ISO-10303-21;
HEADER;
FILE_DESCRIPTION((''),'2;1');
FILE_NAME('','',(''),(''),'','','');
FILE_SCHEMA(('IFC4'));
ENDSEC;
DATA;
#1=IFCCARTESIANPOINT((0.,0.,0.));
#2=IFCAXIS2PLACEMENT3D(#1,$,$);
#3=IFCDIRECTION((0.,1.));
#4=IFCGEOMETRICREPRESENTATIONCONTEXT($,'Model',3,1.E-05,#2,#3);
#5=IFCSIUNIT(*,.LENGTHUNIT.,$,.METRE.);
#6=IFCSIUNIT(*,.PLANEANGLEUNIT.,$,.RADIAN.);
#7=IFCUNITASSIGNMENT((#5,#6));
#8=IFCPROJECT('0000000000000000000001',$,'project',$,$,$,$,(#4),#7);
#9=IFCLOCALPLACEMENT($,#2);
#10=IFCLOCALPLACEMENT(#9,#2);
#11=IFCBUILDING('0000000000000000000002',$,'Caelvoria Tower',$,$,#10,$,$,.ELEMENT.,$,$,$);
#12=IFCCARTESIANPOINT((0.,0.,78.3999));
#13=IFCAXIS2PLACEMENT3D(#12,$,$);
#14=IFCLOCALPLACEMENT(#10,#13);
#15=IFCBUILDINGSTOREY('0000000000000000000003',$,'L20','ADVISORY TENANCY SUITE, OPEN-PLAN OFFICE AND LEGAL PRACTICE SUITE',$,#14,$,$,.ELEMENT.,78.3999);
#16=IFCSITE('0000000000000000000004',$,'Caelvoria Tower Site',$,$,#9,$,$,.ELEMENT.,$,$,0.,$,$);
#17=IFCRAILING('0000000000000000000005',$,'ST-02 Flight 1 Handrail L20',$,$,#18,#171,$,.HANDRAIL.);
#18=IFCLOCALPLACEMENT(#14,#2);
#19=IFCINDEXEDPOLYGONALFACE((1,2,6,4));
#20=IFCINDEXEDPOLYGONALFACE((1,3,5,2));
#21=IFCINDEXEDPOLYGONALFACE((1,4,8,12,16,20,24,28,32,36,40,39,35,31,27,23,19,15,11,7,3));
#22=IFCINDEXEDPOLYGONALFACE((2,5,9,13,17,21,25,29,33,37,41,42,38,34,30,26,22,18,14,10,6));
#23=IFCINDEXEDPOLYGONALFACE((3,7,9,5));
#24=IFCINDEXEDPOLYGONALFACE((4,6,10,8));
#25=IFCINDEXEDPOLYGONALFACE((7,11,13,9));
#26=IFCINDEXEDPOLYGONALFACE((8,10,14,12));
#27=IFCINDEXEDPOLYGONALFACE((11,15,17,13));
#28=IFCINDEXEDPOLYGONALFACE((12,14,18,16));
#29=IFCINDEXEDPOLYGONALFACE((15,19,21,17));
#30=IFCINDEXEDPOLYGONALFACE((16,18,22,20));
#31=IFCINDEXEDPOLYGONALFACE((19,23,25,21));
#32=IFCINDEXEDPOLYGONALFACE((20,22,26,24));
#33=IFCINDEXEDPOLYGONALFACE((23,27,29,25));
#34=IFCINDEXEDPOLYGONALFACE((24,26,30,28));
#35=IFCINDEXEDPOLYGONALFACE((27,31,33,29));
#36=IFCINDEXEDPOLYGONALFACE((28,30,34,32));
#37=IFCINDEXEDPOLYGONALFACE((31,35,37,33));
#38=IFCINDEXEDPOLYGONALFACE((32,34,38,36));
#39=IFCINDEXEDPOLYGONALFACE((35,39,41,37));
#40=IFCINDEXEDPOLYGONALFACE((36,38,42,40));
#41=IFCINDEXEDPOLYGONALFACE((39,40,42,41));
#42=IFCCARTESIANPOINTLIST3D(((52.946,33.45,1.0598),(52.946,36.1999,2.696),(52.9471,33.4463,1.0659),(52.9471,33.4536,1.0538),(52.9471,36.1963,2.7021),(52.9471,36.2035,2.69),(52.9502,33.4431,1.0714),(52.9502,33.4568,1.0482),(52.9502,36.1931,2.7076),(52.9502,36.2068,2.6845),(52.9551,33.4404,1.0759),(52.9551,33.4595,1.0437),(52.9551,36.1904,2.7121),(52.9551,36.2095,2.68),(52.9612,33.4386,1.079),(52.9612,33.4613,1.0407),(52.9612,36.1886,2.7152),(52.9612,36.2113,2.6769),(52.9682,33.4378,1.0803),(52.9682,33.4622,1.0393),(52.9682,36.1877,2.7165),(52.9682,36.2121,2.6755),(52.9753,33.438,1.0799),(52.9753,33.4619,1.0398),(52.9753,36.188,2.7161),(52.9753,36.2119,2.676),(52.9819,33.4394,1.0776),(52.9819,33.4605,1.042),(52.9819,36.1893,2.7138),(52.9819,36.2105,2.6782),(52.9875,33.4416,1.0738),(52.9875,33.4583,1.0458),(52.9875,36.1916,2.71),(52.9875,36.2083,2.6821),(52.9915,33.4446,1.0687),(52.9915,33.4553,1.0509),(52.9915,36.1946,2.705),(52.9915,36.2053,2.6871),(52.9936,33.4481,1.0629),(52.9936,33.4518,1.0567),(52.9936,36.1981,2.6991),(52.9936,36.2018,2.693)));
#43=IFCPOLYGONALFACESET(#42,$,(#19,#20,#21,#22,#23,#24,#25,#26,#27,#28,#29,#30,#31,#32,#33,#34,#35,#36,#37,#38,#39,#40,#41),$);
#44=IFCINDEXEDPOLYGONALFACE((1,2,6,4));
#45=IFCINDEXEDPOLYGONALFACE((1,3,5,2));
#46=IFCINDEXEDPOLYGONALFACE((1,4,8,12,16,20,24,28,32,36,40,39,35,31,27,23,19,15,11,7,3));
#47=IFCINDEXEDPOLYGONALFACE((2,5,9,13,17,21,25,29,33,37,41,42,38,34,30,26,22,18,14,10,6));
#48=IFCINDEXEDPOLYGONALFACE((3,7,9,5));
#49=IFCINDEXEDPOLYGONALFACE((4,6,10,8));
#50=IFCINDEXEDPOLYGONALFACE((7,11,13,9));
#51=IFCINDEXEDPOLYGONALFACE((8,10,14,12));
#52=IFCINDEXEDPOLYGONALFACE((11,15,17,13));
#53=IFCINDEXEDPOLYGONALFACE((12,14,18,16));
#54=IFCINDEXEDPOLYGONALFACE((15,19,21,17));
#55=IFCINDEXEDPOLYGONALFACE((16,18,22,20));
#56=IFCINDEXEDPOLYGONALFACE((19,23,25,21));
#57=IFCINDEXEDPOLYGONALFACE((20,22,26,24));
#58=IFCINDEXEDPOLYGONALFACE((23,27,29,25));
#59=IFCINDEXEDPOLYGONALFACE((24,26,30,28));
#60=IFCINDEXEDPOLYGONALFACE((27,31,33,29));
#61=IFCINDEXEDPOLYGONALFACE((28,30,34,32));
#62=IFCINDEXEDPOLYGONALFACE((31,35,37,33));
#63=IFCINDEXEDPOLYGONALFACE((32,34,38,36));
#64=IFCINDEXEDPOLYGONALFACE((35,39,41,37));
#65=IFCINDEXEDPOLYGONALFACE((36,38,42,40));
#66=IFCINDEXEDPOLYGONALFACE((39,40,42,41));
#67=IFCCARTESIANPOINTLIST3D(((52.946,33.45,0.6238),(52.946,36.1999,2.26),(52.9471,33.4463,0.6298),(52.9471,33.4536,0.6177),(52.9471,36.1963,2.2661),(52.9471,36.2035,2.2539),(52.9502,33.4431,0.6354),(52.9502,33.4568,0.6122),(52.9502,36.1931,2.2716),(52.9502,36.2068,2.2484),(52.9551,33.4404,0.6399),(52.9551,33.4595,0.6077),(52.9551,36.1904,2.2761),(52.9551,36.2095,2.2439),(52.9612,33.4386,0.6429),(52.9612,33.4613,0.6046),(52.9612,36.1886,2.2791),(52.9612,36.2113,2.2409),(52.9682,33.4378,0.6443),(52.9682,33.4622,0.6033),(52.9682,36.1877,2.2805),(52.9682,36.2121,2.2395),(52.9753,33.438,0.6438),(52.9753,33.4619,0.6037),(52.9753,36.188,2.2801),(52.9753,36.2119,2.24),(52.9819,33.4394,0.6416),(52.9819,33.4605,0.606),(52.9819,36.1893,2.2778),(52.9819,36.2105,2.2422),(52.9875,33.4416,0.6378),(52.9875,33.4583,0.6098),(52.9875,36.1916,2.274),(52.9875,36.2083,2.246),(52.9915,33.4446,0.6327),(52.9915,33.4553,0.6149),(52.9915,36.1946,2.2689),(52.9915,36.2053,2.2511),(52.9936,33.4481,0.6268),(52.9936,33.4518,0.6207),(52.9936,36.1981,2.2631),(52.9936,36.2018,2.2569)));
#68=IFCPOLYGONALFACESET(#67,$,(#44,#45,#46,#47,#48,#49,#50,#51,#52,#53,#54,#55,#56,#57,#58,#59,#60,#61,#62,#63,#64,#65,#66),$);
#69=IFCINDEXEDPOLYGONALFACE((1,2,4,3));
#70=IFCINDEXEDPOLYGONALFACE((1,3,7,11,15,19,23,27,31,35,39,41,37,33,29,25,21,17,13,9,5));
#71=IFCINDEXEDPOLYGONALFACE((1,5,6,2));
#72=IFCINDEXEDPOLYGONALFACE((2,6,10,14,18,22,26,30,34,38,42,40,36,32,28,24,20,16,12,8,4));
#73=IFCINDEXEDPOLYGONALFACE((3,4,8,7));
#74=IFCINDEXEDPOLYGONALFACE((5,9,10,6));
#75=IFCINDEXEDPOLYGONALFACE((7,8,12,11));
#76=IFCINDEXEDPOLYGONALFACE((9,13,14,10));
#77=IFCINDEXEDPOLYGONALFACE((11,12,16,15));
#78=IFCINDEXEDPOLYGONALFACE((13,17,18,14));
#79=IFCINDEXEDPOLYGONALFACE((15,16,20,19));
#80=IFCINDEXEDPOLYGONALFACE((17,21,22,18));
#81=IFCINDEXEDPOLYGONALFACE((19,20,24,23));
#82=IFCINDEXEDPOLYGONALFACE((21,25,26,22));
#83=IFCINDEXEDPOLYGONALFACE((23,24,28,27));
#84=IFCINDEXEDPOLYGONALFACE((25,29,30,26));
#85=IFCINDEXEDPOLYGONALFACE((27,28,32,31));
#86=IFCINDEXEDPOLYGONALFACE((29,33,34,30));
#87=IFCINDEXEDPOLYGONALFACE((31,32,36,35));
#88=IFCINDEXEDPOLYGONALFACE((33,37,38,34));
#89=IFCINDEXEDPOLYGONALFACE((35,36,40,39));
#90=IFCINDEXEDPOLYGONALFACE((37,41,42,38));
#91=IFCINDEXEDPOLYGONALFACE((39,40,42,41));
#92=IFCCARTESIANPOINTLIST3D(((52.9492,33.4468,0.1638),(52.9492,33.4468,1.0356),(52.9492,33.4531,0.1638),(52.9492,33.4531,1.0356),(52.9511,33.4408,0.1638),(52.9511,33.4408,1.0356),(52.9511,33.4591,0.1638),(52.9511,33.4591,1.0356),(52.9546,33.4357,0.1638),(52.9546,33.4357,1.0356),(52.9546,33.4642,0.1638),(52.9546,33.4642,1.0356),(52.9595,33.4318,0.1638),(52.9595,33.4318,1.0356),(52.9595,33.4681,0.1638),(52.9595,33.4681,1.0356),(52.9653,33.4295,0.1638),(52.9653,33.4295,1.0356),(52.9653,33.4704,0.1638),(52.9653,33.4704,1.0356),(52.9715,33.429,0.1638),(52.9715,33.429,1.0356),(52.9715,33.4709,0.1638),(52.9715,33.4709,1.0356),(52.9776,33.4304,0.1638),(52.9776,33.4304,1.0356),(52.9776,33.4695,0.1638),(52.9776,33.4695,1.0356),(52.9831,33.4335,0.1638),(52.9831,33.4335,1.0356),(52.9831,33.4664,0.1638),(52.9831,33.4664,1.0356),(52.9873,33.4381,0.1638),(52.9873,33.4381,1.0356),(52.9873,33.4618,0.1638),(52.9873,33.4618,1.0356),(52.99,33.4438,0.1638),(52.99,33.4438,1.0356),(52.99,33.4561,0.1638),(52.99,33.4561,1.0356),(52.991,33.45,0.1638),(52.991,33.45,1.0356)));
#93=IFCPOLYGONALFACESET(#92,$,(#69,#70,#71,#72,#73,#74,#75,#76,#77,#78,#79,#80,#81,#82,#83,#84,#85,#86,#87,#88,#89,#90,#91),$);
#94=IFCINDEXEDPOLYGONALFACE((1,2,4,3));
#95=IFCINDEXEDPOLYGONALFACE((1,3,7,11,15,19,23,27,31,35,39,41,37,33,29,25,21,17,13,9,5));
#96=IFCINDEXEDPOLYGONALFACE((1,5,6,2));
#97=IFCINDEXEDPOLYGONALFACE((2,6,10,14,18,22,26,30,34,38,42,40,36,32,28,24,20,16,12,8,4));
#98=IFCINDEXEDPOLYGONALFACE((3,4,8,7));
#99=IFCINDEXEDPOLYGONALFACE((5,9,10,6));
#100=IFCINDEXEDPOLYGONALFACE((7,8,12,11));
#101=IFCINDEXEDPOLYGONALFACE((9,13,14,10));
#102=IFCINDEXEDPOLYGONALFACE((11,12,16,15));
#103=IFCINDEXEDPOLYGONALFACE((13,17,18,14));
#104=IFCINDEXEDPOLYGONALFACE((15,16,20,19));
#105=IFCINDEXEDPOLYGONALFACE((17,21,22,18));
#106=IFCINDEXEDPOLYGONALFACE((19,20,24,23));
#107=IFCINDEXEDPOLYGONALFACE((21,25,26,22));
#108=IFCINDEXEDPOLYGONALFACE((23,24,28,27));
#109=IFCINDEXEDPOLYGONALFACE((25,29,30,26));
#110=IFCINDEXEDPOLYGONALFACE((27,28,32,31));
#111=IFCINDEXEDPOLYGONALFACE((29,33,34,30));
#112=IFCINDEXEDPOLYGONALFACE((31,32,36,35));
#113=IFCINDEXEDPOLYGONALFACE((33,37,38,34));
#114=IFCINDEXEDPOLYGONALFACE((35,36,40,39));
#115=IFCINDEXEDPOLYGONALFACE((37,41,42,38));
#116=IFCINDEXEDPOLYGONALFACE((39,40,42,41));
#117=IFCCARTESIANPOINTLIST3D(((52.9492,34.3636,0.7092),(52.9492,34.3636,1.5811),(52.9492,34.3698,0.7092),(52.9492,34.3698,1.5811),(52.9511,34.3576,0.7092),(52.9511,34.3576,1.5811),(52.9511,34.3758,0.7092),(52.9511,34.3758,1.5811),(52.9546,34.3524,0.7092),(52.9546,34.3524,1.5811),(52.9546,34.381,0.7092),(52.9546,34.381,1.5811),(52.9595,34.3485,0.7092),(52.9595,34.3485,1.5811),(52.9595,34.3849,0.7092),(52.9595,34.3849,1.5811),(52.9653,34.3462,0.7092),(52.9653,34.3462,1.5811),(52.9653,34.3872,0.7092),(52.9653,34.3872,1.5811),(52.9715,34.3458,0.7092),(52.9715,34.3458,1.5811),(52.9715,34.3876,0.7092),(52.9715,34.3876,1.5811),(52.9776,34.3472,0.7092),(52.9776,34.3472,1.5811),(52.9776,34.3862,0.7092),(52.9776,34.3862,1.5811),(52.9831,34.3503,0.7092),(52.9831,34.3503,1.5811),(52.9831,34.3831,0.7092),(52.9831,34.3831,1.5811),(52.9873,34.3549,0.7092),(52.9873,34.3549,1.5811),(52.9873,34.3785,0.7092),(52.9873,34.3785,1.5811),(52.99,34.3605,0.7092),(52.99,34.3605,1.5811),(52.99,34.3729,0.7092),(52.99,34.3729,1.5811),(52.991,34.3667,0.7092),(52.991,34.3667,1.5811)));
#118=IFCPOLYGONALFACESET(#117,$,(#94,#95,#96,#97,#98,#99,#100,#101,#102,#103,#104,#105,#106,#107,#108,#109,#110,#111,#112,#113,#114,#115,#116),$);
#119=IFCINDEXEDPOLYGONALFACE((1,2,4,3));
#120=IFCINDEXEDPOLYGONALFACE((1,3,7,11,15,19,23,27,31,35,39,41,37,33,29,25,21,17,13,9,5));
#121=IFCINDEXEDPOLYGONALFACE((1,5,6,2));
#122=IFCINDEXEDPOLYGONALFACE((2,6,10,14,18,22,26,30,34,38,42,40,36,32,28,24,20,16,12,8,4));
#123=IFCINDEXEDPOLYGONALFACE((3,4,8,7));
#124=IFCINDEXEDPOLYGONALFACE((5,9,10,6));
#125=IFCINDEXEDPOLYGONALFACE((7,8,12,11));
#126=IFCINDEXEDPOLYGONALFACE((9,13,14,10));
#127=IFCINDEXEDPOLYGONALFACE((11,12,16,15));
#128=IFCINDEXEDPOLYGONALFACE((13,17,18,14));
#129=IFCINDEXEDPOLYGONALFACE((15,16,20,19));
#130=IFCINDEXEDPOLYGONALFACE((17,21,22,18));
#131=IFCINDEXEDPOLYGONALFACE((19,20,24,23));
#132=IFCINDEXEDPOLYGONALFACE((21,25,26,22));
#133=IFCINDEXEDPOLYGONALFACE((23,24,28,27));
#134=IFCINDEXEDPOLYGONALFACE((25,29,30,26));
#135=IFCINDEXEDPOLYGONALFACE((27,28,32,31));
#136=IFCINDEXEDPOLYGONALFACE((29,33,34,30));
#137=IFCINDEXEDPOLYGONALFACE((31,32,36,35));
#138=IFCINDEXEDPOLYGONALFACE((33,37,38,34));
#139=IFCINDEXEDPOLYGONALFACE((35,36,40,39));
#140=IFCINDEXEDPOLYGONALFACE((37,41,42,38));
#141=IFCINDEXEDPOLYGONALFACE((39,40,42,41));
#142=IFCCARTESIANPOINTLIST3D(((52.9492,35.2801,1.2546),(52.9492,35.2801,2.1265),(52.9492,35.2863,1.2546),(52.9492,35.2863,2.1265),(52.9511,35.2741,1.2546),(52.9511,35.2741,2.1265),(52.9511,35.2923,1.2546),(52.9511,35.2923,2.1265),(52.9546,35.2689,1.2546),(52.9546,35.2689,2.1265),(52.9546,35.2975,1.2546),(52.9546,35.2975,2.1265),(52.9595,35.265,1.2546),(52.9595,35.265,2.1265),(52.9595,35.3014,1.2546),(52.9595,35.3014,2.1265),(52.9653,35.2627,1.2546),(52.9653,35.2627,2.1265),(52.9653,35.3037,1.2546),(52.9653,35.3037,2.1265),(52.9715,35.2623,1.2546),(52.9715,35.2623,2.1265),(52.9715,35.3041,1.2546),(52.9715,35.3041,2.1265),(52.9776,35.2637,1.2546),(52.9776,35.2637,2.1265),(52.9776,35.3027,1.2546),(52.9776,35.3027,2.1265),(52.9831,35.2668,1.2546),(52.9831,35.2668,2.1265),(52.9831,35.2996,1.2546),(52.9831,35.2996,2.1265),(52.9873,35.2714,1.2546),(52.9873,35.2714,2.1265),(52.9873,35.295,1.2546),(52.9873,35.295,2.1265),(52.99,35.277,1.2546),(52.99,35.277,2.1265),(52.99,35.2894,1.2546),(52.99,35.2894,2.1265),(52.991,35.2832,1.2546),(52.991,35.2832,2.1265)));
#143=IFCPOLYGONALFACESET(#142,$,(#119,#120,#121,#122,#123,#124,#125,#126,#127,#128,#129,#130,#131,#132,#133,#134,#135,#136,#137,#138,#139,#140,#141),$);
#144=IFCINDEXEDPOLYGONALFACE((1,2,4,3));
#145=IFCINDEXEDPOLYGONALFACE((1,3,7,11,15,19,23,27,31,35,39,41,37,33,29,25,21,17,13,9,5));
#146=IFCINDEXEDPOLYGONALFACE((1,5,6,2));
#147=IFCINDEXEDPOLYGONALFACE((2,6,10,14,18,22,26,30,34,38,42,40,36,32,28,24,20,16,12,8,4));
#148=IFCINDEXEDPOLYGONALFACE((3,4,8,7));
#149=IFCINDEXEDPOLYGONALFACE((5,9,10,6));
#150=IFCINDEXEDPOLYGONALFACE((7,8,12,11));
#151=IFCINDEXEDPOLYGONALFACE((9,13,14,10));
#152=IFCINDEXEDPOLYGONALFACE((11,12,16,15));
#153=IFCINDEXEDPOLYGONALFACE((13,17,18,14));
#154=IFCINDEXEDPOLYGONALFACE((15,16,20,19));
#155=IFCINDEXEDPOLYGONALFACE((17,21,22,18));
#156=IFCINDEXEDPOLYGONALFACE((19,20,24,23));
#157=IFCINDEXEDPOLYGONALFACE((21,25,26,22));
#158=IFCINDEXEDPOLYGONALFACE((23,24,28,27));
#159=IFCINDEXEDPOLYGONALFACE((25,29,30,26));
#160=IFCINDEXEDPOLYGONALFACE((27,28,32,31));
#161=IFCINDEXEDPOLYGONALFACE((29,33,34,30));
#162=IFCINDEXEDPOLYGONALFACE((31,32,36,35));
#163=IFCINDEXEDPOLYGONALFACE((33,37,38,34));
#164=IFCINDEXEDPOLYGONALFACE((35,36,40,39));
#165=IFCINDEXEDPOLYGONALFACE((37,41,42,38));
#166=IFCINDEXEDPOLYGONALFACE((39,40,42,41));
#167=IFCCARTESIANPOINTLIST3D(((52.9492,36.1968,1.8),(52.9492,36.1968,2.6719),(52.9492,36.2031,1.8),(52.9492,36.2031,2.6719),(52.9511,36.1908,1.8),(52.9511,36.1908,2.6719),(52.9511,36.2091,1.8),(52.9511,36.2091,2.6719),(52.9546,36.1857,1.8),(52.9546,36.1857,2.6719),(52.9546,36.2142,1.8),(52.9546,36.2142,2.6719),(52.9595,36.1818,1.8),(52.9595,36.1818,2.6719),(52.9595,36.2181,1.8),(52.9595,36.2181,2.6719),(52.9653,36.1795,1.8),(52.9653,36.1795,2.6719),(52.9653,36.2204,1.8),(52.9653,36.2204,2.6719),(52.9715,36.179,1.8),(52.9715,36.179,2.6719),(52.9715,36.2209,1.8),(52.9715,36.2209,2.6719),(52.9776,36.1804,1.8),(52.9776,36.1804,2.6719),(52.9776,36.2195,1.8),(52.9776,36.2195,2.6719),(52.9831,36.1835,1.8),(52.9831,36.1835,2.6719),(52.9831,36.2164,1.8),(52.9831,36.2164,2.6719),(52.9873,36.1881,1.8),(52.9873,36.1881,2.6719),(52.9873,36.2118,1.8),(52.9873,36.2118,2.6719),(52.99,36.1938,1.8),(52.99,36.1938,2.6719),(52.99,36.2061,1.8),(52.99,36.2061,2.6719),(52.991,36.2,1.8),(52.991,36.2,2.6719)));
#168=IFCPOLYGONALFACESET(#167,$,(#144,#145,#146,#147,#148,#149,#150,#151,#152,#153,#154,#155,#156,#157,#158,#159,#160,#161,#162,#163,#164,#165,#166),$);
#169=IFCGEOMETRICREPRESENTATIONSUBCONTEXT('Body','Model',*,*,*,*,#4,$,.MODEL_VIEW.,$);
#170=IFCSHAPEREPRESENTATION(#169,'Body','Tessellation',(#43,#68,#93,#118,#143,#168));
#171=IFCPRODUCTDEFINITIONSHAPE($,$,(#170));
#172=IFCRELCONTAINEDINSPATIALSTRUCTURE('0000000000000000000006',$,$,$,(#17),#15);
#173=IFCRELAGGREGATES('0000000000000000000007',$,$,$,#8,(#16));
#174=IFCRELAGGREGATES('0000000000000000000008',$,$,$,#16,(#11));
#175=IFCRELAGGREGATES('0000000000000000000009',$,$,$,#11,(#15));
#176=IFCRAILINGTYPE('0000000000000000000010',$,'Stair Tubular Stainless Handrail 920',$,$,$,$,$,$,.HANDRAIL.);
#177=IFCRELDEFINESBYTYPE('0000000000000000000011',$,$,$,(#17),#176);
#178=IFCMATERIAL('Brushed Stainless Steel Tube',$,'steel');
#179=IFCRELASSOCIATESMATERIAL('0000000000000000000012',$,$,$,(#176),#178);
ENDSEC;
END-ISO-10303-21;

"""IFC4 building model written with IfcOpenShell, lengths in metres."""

from ifc_helpers import new_model, si_unit, direction, frame, origin, origin_2d, place, context, subcontext, project, spatial, circle, extrude, material, type_object, element, save


model = new_model("IFC4")

# Units and contexts
model_context = context("Model", 3, precision=1e-05, world=origin(), true_north=direction((0.0, 1.0)))
body_context = subcontext(model_context, "Body", "Model", "MODEL_VIEW")
ifc_project = project(units=[si_unit("LENGTHUNIT", "METRE"), si_unit("PLANEANGLEUNIT", "RADIAN")], contexts=[model_context])

# Site, building, storey
site_placement = place(None, origin())
site = spatial("IfcSite", under=ifc_project, at=site_placement, Name="Caelvoria Tower Site", CompositionType="ELEMENT", RefElevation=0.0)
building_placement = place(site_placement, origin())
building = spatial("IfcBuilding", under=site, at=building_placement, Name="Caelvoria Tower", CompositionType="ELEMENT")
storey_placement = place(building_placement, frame((0.0, 0.0, 78.3999)))
storey = spatial("IfcBuildingStorey", under=building, at=storey_placement, Name="L20", Description="ADVISORY TENANCY SUITE, OPEN-PLAN OFFICE AND LEGAL PRACTICE SUITE", CompositionType="ELEMENT", Elevation=78.3999)

# Railing
ifc_material_1 = material(Name="Brushed Stainless Steel Tube", Category="steel")
railing_type_1 = type_object("IfcRailingType", Name="Stair Tubular Stainless Handrail 920", PredefinedType="HANDRAIL", material=ifc_material_1)
railing_1_placement = place(storey_placement, frame((52.97, 33.45, 0.1638)))
element("IfcRailing", 1, at=railing_1_placement, inside=storey, type_object=railing_type_1, Name="ST-02 Flight 1 Handrail L20", PredefinedType="HANDRAIL", context=body_context, shape_type="SweptSolid", body=[
    extrude(circle(Radius=0.0239, at=origin_2d()), frame((0.0, 0.0, 0.896), z_axis=(0.0, 0.859385, 0.511328), x_axis=(-1.0, 0.0, 0.0)), (0.0, 0.0, 1.0), 3.2),
    extrude(circle(Radius=0.0239, at=origin_2d()), frame((0.0, 0.0, 0.46), z_axis=(0.0, 0.859385, 0.511328), x_axis=(-1.0, 0.0, 0.0)), (0.0, 0.0, 1.0), 3.2),
    extrude(circle(Radius=0.021, at=origin_2d()), origin(), (0.0, 0.0, 1.0), 0.8718),
    extrude(circle(Radius=0.021, at=origin_2d()), frame((0.0, 0.9167, 0.5454)), (0.0, 0.0, 1.0), 0.8718),
    extrude(circle(Radius=0.021, at=origin_2d()), frame((0.0, 1.8333, 1.0908)), (0.0, 0.0, 1.0), 0.8718),
    extrude(circle(Radius=0.021, at=origin_2d()), frame((0.0, 2.75, 1.6362)), (0.0, 0.0, 1.0), 0.8718),
])

save(model, "model.ifc")
